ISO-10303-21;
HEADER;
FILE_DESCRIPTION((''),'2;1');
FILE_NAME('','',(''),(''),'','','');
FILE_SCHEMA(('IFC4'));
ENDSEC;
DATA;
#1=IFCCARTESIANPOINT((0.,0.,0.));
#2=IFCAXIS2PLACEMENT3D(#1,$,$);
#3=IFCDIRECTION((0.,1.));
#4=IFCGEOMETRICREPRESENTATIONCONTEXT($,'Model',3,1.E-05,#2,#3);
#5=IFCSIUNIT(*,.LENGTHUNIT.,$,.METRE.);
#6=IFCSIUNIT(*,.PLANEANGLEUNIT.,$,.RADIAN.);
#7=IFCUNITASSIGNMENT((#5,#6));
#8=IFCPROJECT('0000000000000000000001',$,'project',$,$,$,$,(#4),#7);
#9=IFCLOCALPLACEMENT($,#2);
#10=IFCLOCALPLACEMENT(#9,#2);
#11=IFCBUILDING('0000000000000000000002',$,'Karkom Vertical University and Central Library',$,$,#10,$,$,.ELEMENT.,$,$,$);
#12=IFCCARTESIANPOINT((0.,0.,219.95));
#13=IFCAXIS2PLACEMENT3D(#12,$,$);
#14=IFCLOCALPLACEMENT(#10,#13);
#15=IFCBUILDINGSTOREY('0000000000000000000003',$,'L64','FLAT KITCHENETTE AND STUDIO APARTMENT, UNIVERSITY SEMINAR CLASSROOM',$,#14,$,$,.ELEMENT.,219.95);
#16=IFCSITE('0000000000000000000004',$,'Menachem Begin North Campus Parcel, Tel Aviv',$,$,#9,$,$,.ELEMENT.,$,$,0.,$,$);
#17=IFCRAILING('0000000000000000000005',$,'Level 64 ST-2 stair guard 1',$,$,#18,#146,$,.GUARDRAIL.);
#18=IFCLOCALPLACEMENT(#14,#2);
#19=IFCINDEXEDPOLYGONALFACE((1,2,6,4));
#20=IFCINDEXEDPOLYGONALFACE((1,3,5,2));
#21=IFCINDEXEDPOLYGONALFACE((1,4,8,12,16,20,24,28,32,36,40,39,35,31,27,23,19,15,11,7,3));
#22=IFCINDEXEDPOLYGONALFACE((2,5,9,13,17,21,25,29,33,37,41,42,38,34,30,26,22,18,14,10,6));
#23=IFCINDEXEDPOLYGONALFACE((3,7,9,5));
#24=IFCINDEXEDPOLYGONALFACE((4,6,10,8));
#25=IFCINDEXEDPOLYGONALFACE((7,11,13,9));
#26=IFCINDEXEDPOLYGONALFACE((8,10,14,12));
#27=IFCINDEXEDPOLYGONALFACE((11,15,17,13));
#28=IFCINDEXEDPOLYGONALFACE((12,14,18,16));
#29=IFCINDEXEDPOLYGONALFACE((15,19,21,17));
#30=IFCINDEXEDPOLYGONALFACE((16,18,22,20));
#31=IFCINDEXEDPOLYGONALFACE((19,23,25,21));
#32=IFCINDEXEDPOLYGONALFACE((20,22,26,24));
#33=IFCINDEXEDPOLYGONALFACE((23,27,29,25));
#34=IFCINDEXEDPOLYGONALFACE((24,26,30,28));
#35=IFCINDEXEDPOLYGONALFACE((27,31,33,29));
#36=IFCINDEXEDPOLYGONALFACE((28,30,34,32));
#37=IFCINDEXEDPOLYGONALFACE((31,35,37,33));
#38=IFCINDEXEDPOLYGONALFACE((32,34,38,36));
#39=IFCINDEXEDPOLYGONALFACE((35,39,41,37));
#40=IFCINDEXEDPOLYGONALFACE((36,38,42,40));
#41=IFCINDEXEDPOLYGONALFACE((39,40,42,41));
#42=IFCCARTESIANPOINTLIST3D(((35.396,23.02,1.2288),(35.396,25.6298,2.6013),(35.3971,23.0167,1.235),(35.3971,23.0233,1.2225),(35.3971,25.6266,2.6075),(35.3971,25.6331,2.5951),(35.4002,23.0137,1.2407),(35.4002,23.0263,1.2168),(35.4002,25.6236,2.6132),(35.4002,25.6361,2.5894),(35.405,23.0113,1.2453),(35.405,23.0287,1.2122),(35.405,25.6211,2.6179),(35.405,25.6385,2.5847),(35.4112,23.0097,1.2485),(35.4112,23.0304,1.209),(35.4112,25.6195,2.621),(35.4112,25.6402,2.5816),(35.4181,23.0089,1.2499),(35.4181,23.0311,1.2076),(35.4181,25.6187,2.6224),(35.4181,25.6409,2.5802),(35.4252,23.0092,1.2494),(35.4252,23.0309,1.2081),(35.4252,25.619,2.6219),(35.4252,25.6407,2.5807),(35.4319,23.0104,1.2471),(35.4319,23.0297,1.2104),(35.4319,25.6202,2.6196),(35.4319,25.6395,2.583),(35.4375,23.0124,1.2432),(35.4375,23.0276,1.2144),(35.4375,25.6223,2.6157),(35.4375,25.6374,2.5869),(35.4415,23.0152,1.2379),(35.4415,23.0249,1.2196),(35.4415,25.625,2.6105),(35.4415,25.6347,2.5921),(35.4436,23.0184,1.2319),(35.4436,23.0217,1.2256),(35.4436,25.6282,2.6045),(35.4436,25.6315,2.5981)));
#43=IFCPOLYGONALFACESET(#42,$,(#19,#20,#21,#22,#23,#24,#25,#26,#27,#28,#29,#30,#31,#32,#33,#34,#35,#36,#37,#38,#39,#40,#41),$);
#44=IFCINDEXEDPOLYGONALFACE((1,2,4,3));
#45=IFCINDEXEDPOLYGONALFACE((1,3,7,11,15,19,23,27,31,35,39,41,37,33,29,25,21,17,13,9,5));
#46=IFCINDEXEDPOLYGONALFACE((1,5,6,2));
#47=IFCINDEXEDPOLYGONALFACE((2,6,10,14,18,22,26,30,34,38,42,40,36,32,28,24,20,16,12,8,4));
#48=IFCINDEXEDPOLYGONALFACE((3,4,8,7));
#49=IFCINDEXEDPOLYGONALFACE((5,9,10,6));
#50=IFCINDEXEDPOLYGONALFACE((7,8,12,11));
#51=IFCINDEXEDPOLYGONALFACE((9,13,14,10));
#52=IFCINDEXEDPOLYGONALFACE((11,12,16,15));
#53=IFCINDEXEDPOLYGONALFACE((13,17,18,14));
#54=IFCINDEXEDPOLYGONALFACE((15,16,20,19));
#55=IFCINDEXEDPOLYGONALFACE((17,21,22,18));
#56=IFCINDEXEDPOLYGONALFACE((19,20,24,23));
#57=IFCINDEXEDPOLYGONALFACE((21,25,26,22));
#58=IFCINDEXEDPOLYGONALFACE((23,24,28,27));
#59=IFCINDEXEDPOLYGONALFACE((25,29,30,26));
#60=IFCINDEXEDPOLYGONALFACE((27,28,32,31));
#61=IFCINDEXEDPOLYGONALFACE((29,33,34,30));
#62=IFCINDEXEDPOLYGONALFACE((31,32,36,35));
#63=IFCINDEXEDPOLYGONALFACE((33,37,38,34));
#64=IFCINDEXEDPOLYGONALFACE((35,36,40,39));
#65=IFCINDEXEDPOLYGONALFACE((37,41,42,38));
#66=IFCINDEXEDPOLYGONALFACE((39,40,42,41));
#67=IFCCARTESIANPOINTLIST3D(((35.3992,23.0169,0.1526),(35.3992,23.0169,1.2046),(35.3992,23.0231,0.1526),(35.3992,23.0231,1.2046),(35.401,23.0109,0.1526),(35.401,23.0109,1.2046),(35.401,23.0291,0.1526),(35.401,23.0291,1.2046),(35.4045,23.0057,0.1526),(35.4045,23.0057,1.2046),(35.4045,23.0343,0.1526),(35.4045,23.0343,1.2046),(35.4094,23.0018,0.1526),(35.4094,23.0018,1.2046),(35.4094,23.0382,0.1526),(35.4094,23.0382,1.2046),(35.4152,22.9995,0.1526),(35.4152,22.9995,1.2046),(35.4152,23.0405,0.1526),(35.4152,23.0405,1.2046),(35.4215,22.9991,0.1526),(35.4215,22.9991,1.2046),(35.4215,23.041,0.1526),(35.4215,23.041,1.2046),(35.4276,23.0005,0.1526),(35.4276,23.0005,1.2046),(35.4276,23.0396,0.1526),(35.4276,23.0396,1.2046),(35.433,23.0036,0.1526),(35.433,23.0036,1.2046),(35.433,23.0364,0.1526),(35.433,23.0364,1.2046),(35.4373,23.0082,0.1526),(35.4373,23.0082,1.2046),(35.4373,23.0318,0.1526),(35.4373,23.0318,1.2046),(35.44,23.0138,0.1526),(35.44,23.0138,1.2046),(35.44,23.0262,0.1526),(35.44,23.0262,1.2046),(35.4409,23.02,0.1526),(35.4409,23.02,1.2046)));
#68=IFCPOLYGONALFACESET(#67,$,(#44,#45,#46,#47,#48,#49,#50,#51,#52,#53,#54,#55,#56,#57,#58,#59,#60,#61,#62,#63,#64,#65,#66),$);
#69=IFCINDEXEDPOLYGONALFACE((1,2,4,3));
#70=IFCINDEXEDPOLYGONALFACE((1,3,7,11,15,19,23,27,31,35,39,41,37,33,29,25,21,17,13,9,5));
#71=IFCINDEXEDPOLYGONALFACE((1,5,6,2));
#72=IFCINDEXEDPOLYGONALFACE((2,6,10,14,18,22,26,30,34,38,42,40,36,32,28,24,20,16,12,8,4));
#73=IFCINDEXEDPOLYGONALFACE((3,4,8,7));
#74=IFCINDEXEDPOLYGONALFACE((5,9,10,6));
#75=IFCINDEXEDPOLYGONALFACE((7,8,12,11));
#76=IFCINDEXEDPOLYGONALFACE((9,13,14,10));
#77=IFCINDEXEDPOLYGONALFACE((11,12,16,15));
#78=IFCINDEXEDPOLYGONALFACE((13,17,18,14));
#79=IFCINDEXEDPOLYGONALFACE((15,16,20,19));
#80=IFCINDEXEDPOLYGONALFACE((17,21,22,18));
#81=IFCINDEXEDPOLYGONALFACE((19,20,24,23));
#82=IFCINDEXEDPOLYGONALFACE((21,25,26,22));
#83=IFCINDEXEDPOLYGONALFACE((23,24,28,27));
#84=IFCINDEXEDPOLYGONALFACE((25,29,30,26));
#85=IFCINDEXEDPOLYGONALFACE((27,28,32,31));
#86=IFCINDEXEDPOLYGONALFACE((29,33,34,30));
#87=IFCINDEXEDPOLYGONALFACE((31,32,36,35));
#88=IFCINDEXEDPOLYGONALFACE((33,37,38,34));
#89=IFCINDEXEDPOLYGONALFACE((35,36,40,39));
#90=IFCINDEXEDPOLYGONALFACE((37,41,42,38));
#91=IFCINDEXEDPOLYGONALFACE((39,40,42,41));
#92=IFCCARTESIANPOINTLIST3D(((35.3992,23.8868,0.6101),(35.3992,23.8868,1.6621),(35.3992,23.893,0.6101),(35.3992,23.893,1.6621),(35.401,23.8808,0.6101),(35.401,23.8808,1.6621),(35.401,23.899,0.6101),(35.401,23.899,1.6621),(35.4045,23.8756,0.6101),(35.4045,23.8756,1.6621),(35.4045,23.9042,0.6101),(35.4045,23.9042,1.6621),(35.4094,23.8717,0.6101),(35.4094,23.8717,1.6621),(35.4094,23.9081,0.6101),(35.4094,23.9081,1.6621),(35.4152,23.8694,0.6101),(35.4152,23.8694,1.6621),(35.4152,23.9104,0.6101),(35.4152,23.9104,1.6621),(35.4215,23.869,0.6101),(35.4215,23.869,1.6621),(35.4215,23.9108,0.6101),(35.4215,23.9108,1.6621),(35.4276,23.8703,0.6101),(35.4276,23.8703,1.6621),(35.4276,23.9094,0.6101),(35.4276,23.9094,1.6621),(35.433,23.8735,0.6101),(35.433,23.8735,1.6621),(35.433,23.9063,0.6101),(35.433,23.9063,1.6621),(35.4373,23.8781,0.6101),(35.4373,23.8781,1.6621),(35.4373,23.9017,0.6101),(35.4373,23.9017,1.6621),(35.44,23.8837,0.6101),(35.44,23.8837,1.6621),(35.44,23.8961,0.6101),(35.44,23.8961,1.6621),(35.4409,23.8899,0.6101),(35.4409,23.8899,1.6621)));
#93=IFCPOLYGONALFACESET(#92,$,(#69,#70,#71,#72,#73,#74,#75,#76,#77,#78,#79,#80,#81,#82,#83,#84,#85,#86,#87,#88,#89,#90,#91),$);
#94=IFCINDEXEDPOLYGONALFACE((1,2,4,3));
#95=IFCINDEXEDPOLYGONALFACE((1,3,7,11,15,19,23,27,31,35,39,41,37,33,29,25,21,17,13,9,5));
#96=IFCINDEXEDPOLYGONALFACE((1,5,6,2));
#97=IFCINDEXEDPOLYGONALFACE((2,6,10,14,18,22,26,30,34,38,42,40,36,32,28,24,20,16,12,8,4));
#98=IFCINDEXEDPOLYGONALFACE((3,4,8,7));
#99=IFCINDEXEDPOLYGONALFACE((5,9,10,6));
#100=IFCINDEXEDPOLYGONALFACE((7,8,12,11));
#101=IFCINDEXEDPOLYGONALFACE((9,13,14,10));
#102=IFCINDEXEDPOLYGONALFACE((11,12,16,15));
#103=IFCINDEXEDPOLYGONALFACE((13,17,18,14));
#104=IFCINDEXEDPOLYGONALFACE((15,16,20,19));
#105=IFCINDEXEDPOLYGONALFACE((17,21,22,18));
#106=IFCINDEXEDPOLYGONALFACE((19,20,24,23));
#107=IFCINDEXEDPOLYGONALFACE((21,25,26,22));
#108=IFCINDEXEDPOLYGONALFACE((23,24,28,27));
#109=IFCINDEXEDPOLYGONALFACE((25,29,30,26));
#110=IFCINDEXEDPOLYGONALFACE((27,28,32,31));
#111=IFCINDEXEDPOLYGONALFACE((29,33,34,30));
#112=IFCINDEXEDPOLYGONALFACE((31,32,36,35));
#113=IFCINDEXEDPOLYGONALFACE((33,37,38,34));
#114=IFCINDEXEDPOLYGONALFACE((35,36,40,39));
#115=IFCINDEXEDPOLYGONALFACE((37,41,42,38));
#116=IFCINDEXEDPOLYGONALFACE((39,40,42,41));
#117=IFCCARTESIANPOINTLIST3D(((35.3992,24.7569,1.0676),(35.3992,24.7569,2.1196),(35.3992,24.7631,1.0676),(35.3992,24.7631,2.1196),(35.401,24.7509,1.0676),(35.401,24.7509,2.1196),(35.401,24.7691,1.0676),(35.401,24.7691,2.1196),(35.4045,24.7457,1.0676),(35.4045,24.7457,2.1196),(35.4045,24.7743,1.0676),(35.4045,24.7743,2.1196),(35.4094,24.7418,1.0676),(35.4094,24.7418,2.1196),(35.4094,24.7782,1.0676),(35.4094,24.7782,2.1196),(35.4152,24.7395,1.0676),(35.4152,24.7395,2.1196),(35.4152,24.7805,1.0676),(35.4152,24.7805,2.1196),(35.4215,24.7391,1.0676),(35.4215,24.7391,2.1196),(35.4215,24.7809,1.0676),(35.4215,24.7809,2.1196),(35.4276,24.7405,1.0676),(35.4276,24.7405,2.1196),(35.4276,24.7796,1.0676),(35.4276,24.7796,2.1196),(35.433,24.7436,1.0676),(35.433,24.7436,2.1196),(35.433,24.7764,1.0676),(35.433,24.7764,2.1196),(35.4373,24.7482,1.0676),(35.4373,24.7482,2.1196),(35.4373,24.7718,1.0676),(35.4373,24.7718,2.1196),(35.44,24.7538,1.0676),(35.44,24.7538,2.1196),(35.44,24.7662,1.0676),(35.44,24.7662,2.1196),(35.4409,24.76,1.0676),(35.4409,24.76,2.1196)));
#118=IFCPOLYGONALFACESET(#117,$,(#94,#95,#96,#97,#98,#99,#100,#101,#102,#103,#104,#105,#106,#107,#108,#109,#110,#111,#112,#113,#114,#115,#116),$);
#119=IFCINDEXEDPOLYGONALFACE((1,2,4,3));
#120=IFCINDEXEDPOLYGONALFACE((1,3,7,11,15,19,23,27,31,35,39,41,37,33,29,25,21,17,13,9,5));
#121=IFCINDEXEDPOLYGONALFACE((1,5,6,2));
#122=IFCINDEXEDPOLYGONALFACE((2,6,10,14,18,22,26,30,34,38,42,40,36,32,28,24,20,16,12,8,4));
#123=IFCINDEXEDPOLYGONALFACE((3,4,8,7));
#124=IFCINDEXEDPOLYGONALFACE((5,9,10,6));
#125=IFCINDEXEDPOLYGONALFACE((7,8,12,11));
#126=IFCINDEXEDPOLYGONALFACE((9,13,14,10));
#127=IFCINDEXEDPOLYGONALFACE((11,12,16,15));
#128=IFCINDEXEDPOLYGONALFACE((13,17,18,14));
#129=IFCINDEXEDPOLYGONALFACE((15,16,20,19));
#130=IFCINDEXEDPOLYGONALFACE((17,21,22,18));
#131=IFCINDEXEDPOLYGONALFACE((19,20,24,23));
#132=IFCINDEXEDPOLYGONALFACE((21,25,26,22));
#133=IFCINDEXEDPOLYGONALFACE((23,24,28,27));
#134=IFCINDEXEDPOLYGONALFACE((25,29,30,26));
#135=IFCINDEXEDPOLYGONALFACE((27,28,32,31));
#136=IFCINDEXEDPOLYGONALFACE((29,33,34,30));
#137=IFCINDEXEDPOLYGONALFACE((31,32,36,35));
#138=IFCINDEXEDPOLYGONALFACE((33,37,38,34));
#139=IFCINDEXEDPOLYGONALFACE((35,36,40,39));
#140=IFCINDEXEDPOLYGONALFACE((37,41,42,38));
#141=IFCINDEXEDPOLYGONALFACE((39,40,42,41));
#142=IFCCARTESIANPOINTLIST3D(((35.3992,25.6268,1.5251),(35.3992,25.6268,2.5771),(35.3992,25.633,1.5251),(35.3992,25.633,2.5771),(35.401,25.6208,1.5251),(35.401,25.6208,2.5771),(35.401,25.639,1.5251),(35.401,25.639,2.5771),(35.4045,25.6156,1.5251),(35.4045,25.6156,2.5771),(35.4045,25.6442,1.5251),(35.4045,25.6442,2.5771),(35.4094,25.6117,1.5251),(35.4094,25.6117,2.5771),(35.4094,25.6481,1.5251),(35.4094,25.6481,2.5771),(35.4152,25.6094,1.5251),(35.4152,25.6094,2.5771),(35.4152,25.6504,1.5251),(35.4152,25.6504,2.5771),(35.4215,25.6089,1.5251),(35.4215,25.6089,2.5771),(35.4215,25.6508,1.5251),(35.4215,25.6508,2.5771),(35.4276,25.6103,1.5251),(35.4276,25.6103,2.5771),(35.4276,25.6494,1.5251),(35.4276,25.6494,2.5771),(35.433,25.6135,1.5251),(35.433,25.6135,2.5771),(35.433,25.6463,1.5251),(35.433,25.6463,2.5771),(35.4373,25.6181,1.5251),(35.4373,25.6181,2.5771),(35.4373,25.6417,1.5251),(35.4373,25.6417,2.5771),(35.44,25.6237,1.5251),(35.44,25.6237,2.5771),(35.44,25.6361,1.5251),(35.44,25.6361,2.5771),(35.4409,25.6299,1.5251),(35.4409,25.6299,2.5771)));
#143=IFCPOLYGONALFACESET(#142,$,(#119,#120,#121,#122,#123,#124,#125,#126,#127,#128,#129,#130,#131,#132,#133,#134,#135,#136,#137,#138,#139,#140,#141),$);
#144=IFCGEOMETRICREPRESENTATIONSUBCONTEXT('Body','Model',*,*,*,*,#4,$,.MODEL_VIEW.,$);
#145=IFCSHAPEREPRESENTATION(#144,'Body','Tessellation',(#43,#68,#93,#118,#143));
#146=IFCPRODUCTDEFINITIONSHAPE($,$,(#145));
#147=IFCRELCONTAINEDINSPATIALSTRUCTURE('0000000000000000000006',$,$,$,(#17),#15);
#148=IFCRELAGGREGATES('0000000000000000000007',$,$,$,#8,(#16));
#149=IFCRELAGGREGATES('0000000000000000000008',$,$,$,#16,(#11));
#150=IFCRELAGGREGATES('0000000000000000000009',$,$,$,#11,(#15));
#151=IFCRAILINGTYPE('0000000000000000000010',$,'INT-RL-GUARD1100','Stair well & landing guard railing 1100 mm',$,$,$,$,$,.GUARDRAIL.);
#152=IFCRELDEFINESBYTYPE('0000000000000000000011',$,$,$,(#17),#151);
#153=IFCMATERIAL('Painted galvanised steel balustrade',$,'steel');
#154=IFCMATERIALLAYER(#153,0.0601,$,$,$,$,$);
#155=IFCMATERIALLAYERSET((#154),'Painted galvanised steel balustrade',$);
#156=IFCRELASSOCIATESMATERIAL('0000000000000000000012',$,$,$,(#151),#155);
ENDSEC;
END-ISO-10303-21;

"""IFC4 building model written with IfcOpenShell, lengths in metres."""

from ifc_helpers import new_model, si_unit, direction, frame, origin, origin_2d, place, context, subcontext, project, spatial, circle, extrude, material, layer, layer_set, type_object, element, save


model = new_model("IFC4")

# Units and contexts
model_context = context("Model", 3, precision=1e-05, world=origin(), true_north=direction((0.0, 1.0)))
body_context = subcontext(model_context, "Body", "Model", "MODEL_VIEW")
ifc_project = project(units=[si_unit("LENGTHUNIT", "METRE"), si_unit("PLANEANGLEUNIT", "RADIAN")], contexts=[model_context])

# Site, building, storey
site_placement = place(None, origin())
site = spatial("IfcSite", under=ifc_project, at=site_placement, Name="Menachem Begin North Campus Parcel, Tel Aviv", CompositionType="ELEMENT", RefElevation=0.0)
building_placement = place(site_placement, origin())
building = spatial("IfcBuilding", under=site, at=building_placement, Name="Karkom Vertical University and Central Library", CompositionType="ELEMENT")
storey_placement = place(building_placement, frame((0.0, 0.0, 219.95)))
storey = spatial("IfcBuildingStorey", under=building, at=storey_placement, Name="L64", Description="FLAT KITCHENETTE AND STUDIO APARTMENT, UNIVERSITY SEMINAR CLASSROOM", CompositionType="ELEMENT", Elevation=219.95)

# Railing
ifc_material_1 = material(Name="Painted galvanised steel balustrade", Category="steel")
ifc_layer_1 = layer(ifc_material_1, 0.0601)
ifc_layer_set_1 = layer_set([ifc_layer_1], Name="Painted galvanised steel balustrade")
railing_type_1 = type_object("IfcRailingType", Name="INT-RL-GUARD1100", Description="Stair well & landing guard railing 1100 mm", PredefinedType="GUARDRAIL", material=ifc_layer_set_1)
railing_1_placement = place(storey_placement, frame((35.4199, 23.02, 0.1526)))
element("IfcRailing", 1, at=railing_1_placement, inside=storey, type_object=railing_type_1, Name="Level 64 ST-2 stair guard 1", PredefinedType="GUARDRAIL", context=body_context, shape_type="SweptSolid", body=[
    extrude(circle(Radius=0.0239, at=origin_2d()), frame((0.0, 0.0, 1.0762), z_axis=(0.0, 0.885065, 0.465467), x_axis=(-1.0, 0.0, 0.0)), (0.0, 0.0, 1.0), 2.9487),
    extrude(circle(Radius=0.021, at=origin_2d()), origin(), (0.0, 0.0, 1.0), 1.052),
    extrude(circle(Radius=0.021, at=origin_2d()), frame((0.0, 0.8699, 0.4575)), (0.0, 0.0, 1.0), 1.052),
    extrude(circle(Radius=0.021, at=origin_2d()), frame((0.0, 1.74, 0.915)), (0.0, 0.0, 1.0), 1.052),
    extrude(circle(Radius=0.021, at=origin_2d()), frame((0.0, 2.6099, 1.3726)), (0.0, 0.0, 1.0), 1.052),
])

save(model, "model.ifc")
